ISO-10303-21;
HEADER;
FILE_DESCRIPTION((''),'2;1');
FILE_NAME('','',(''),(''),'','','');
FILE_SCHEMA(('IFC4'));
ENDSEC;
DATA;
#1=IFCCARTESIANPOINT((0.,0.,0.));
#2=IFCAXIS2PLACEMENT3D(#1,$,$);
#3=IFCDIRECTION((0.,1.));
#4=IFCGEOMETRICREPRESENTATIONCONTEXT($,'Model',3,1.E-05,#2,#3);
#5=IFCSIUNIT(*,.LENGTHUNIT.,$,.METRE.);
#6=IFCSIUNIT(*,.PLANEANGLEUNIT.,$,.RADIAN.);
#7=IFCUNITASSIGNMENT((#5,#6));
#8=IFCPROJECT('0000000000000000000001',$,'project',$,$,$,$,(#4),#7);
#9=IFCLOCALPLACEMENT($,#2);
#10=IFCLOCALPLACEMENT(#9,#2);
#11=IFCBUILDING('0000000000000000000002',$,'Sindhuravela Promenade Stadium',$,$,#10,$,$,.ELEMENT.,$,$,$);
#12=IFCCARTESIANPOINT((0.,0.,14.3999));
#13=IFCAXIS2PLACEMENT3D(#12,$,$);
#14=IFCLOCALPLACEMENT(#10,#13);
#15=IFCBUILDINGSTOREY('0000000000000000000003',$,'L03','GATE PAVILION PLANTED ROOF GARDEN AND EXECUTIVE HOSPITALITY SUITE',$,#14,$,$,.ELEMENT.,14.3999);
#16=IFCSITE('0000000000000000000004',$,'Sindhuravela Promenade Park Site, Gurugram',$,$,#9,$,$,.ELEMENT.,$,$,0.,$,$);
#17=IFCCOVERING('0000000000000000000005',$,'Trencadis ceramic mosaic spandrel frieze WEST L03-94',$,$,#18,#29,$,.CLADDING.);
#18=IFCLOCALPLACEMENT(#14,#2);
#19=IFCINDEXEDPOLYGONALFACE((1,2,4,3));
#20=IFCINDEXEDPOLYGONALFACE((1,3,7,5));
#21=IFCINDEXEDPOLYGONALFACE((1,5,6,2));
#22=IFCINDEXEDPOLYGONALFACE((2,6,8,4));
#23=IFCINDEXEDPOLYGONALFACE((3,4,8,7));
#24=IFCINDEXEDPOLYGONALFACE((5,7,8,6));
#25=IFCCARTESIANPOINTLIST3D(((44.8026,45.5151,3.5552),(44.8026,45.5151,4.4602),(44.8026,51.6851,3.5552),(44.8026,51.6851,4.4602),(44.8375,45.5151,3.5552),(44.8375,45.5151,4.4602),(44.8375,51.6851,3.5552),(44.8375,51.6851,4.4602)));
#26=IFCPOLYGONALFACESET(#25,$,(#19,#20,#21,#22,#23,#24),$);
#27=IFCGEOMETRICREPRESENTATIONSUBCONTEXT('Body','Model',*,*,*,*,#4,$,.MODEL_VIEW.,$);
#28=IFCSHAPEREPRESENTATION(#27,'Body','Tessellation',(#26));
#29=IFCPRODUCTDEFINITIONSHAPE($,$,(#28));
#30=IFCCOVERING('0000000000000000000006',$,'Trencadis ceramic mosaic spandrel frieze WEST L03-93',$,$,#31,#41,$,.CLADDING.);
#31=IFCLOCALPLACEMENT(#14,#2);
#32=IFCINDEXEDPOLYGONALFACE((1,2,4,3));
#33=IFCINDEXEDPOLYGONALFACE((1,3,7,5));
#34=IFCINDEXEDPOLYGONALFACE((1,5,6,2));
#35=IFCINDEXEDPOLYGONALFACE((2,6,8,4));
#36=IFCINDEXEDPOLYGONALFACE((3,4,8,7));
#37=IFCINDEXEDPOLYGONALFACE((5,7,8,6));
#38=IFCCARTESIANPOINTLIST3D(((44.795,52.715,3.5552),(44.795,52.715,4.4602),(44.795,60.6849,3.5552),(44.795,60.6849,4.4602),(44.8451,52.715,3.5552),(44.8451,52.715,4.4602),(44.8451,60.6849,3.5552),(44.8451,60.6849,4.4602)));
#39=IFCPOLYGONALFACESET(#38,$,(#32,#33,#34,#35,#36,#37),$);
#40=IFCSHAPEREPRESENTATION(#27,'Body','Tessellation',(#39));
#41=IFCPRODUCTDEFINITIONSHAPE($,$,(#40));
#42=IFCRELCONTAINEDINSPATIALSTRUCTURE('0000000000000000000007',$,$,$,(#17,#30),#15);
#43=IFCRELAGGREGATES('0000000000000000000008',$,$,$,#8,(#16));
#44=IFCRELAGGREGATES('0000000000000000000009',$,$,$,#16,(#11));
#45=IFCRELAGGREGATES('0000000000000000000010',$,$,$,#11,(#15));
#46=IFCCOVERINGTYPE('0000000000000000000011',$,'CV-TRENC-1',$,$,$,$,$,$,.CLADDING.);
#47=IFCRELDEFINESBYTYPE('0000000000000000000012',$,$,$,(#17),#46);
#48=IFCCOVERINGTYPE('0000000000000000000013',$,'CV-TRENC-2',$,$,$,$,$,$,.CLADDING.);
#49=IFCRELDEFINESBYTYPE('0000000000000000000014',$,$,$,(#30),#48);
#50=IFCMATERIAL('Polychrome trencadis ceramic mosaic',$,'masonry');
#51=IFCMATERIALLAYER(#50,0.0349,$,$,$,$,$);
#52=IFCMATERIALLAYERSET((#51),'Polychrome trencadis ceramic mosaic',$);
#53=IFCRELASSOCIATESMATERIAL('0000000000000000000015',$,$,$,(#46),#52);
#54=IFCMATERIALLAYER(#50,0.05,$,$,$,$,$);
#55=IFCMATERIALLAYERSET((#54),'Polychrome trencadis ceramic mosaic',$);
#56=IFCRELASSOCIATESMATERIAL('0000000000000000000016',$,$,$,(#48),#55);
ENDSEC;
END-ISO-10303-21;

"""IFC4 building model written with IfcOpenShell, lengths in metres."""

from ifc_helpers import new_model, si_unit, direction, frame, origin, origin_2d, place, context, subcontext, project, spatial, rectangle, extrude, material, layer, layer_set, type_object, element, save


model = new_model("IFC4")

# Units and contexts
model_context = context("Model", 3, precision=1e-05, world=origin(), true_north=direction((0.0, 1.0)))
body_context = subcontext(model_context, "Body", "Model", "MODEL_VIEW")
ifc_project = project(units=[si_unit("LENGTHUNIT", "METRE"), si_unit("PLANEANGLEUNIT", "RADIAN")], contexts=[model_context])

# Site, building, storey
site_placement = place(None, origin())
site = spatial("IfcSite", under=ifc_project, at=site_placement, Name="Sindhuravela Promenade Park Site, Gurugram", CompositionType="ELEMENT", RefElevation=0.0)
building_placement = place(site_placement, origin())
building = spatial("IfcBuilding", under=site, at=building_placement, Name="Sindhuravela Promenade Stadium", CompositionType="ELEMENT")
storey_placement = place(building_placement, frame((0.0, 0.0, 14.3999)))
storey = spatial("IfcBuildingStorey", under=building, at=storey_placement, Name="L03", Description="GATE PAVILION PLANTED ROOF GARDEN AND EXECUTIVE HOSPITALITY SUITE", CompositionType="ELEMENT", Elevation=14.3999)

# Coverings
ifc_material_1 = material(Name="Polychrome trencadis ceramic mosaic", Category="masonry")
ifc_layer_1 = layer(ifc_material_1, 0.0349)
ifc_layer_set_1 = layer_set([ifc_layer_1], Name="Polychrome trencadis ceramic mosaic")
covering_type_1 = type_object("IfcCoveringType", Name="CV-TRENC-1", PredefinedType="CLADDING", material=ifc_layer_set_1)
covering_1_placement = place(storey_placement, frame((44.8201, 48.6001, 3.5552), z_axis=(0.0, 0.0, 1.0), x_axis=(0.0, -1.0, 0.0)))
element("IfcCovering", 1, at=covering_1_placement, inside=storey, type_object=covering_type_1, Name="Trencadis ceramic mosaic spandrel frieze WEST L03-94", PredefinedType="CLADDING", context=body_context, shape_type="SweptSolid", body=[
    extrude(rectangle(XDim=6.1699, YDim=0.0349, at=origin_2d()), origin(), (0.0, 0.0, 1.0), 0.905),
])
ifc_layer_2 = layer(ifc_material_1, 0.05)
ifc_layer_set_2 = layer_set([ifc_layer_2], Name="Polychrome trencadis ceramic mosaic")
covering_type_2 = type_object("IfcCoveringType", Name="CV-TRENC-2", PredefinedType="CLADDING", material=ifc_layer_set_2)
covering_2_placement = place(storey_placement, frame((44.8201, 56.7, 3.5552), z_axis=(0.0, 0.0, 1.0), x_axis=(0.0, -1.0, 0.0)))
element("IfcCovering", 2, at=covering_2_placement, inside=storey, type_object=covering_type_2, Name="Trencadis ceramic mosaic spandrel frieze WEST L03-93", PredefinedType="CLADDING", context=body_context, shape_type="SweptSolid", body=[
    extrude(rectangle(XDim=7.97, YDim=0.05, at=origin_2d()), origin(), (0.0, 0.0, 1.0), 0.905),
])

save(model, "model.ifc")
